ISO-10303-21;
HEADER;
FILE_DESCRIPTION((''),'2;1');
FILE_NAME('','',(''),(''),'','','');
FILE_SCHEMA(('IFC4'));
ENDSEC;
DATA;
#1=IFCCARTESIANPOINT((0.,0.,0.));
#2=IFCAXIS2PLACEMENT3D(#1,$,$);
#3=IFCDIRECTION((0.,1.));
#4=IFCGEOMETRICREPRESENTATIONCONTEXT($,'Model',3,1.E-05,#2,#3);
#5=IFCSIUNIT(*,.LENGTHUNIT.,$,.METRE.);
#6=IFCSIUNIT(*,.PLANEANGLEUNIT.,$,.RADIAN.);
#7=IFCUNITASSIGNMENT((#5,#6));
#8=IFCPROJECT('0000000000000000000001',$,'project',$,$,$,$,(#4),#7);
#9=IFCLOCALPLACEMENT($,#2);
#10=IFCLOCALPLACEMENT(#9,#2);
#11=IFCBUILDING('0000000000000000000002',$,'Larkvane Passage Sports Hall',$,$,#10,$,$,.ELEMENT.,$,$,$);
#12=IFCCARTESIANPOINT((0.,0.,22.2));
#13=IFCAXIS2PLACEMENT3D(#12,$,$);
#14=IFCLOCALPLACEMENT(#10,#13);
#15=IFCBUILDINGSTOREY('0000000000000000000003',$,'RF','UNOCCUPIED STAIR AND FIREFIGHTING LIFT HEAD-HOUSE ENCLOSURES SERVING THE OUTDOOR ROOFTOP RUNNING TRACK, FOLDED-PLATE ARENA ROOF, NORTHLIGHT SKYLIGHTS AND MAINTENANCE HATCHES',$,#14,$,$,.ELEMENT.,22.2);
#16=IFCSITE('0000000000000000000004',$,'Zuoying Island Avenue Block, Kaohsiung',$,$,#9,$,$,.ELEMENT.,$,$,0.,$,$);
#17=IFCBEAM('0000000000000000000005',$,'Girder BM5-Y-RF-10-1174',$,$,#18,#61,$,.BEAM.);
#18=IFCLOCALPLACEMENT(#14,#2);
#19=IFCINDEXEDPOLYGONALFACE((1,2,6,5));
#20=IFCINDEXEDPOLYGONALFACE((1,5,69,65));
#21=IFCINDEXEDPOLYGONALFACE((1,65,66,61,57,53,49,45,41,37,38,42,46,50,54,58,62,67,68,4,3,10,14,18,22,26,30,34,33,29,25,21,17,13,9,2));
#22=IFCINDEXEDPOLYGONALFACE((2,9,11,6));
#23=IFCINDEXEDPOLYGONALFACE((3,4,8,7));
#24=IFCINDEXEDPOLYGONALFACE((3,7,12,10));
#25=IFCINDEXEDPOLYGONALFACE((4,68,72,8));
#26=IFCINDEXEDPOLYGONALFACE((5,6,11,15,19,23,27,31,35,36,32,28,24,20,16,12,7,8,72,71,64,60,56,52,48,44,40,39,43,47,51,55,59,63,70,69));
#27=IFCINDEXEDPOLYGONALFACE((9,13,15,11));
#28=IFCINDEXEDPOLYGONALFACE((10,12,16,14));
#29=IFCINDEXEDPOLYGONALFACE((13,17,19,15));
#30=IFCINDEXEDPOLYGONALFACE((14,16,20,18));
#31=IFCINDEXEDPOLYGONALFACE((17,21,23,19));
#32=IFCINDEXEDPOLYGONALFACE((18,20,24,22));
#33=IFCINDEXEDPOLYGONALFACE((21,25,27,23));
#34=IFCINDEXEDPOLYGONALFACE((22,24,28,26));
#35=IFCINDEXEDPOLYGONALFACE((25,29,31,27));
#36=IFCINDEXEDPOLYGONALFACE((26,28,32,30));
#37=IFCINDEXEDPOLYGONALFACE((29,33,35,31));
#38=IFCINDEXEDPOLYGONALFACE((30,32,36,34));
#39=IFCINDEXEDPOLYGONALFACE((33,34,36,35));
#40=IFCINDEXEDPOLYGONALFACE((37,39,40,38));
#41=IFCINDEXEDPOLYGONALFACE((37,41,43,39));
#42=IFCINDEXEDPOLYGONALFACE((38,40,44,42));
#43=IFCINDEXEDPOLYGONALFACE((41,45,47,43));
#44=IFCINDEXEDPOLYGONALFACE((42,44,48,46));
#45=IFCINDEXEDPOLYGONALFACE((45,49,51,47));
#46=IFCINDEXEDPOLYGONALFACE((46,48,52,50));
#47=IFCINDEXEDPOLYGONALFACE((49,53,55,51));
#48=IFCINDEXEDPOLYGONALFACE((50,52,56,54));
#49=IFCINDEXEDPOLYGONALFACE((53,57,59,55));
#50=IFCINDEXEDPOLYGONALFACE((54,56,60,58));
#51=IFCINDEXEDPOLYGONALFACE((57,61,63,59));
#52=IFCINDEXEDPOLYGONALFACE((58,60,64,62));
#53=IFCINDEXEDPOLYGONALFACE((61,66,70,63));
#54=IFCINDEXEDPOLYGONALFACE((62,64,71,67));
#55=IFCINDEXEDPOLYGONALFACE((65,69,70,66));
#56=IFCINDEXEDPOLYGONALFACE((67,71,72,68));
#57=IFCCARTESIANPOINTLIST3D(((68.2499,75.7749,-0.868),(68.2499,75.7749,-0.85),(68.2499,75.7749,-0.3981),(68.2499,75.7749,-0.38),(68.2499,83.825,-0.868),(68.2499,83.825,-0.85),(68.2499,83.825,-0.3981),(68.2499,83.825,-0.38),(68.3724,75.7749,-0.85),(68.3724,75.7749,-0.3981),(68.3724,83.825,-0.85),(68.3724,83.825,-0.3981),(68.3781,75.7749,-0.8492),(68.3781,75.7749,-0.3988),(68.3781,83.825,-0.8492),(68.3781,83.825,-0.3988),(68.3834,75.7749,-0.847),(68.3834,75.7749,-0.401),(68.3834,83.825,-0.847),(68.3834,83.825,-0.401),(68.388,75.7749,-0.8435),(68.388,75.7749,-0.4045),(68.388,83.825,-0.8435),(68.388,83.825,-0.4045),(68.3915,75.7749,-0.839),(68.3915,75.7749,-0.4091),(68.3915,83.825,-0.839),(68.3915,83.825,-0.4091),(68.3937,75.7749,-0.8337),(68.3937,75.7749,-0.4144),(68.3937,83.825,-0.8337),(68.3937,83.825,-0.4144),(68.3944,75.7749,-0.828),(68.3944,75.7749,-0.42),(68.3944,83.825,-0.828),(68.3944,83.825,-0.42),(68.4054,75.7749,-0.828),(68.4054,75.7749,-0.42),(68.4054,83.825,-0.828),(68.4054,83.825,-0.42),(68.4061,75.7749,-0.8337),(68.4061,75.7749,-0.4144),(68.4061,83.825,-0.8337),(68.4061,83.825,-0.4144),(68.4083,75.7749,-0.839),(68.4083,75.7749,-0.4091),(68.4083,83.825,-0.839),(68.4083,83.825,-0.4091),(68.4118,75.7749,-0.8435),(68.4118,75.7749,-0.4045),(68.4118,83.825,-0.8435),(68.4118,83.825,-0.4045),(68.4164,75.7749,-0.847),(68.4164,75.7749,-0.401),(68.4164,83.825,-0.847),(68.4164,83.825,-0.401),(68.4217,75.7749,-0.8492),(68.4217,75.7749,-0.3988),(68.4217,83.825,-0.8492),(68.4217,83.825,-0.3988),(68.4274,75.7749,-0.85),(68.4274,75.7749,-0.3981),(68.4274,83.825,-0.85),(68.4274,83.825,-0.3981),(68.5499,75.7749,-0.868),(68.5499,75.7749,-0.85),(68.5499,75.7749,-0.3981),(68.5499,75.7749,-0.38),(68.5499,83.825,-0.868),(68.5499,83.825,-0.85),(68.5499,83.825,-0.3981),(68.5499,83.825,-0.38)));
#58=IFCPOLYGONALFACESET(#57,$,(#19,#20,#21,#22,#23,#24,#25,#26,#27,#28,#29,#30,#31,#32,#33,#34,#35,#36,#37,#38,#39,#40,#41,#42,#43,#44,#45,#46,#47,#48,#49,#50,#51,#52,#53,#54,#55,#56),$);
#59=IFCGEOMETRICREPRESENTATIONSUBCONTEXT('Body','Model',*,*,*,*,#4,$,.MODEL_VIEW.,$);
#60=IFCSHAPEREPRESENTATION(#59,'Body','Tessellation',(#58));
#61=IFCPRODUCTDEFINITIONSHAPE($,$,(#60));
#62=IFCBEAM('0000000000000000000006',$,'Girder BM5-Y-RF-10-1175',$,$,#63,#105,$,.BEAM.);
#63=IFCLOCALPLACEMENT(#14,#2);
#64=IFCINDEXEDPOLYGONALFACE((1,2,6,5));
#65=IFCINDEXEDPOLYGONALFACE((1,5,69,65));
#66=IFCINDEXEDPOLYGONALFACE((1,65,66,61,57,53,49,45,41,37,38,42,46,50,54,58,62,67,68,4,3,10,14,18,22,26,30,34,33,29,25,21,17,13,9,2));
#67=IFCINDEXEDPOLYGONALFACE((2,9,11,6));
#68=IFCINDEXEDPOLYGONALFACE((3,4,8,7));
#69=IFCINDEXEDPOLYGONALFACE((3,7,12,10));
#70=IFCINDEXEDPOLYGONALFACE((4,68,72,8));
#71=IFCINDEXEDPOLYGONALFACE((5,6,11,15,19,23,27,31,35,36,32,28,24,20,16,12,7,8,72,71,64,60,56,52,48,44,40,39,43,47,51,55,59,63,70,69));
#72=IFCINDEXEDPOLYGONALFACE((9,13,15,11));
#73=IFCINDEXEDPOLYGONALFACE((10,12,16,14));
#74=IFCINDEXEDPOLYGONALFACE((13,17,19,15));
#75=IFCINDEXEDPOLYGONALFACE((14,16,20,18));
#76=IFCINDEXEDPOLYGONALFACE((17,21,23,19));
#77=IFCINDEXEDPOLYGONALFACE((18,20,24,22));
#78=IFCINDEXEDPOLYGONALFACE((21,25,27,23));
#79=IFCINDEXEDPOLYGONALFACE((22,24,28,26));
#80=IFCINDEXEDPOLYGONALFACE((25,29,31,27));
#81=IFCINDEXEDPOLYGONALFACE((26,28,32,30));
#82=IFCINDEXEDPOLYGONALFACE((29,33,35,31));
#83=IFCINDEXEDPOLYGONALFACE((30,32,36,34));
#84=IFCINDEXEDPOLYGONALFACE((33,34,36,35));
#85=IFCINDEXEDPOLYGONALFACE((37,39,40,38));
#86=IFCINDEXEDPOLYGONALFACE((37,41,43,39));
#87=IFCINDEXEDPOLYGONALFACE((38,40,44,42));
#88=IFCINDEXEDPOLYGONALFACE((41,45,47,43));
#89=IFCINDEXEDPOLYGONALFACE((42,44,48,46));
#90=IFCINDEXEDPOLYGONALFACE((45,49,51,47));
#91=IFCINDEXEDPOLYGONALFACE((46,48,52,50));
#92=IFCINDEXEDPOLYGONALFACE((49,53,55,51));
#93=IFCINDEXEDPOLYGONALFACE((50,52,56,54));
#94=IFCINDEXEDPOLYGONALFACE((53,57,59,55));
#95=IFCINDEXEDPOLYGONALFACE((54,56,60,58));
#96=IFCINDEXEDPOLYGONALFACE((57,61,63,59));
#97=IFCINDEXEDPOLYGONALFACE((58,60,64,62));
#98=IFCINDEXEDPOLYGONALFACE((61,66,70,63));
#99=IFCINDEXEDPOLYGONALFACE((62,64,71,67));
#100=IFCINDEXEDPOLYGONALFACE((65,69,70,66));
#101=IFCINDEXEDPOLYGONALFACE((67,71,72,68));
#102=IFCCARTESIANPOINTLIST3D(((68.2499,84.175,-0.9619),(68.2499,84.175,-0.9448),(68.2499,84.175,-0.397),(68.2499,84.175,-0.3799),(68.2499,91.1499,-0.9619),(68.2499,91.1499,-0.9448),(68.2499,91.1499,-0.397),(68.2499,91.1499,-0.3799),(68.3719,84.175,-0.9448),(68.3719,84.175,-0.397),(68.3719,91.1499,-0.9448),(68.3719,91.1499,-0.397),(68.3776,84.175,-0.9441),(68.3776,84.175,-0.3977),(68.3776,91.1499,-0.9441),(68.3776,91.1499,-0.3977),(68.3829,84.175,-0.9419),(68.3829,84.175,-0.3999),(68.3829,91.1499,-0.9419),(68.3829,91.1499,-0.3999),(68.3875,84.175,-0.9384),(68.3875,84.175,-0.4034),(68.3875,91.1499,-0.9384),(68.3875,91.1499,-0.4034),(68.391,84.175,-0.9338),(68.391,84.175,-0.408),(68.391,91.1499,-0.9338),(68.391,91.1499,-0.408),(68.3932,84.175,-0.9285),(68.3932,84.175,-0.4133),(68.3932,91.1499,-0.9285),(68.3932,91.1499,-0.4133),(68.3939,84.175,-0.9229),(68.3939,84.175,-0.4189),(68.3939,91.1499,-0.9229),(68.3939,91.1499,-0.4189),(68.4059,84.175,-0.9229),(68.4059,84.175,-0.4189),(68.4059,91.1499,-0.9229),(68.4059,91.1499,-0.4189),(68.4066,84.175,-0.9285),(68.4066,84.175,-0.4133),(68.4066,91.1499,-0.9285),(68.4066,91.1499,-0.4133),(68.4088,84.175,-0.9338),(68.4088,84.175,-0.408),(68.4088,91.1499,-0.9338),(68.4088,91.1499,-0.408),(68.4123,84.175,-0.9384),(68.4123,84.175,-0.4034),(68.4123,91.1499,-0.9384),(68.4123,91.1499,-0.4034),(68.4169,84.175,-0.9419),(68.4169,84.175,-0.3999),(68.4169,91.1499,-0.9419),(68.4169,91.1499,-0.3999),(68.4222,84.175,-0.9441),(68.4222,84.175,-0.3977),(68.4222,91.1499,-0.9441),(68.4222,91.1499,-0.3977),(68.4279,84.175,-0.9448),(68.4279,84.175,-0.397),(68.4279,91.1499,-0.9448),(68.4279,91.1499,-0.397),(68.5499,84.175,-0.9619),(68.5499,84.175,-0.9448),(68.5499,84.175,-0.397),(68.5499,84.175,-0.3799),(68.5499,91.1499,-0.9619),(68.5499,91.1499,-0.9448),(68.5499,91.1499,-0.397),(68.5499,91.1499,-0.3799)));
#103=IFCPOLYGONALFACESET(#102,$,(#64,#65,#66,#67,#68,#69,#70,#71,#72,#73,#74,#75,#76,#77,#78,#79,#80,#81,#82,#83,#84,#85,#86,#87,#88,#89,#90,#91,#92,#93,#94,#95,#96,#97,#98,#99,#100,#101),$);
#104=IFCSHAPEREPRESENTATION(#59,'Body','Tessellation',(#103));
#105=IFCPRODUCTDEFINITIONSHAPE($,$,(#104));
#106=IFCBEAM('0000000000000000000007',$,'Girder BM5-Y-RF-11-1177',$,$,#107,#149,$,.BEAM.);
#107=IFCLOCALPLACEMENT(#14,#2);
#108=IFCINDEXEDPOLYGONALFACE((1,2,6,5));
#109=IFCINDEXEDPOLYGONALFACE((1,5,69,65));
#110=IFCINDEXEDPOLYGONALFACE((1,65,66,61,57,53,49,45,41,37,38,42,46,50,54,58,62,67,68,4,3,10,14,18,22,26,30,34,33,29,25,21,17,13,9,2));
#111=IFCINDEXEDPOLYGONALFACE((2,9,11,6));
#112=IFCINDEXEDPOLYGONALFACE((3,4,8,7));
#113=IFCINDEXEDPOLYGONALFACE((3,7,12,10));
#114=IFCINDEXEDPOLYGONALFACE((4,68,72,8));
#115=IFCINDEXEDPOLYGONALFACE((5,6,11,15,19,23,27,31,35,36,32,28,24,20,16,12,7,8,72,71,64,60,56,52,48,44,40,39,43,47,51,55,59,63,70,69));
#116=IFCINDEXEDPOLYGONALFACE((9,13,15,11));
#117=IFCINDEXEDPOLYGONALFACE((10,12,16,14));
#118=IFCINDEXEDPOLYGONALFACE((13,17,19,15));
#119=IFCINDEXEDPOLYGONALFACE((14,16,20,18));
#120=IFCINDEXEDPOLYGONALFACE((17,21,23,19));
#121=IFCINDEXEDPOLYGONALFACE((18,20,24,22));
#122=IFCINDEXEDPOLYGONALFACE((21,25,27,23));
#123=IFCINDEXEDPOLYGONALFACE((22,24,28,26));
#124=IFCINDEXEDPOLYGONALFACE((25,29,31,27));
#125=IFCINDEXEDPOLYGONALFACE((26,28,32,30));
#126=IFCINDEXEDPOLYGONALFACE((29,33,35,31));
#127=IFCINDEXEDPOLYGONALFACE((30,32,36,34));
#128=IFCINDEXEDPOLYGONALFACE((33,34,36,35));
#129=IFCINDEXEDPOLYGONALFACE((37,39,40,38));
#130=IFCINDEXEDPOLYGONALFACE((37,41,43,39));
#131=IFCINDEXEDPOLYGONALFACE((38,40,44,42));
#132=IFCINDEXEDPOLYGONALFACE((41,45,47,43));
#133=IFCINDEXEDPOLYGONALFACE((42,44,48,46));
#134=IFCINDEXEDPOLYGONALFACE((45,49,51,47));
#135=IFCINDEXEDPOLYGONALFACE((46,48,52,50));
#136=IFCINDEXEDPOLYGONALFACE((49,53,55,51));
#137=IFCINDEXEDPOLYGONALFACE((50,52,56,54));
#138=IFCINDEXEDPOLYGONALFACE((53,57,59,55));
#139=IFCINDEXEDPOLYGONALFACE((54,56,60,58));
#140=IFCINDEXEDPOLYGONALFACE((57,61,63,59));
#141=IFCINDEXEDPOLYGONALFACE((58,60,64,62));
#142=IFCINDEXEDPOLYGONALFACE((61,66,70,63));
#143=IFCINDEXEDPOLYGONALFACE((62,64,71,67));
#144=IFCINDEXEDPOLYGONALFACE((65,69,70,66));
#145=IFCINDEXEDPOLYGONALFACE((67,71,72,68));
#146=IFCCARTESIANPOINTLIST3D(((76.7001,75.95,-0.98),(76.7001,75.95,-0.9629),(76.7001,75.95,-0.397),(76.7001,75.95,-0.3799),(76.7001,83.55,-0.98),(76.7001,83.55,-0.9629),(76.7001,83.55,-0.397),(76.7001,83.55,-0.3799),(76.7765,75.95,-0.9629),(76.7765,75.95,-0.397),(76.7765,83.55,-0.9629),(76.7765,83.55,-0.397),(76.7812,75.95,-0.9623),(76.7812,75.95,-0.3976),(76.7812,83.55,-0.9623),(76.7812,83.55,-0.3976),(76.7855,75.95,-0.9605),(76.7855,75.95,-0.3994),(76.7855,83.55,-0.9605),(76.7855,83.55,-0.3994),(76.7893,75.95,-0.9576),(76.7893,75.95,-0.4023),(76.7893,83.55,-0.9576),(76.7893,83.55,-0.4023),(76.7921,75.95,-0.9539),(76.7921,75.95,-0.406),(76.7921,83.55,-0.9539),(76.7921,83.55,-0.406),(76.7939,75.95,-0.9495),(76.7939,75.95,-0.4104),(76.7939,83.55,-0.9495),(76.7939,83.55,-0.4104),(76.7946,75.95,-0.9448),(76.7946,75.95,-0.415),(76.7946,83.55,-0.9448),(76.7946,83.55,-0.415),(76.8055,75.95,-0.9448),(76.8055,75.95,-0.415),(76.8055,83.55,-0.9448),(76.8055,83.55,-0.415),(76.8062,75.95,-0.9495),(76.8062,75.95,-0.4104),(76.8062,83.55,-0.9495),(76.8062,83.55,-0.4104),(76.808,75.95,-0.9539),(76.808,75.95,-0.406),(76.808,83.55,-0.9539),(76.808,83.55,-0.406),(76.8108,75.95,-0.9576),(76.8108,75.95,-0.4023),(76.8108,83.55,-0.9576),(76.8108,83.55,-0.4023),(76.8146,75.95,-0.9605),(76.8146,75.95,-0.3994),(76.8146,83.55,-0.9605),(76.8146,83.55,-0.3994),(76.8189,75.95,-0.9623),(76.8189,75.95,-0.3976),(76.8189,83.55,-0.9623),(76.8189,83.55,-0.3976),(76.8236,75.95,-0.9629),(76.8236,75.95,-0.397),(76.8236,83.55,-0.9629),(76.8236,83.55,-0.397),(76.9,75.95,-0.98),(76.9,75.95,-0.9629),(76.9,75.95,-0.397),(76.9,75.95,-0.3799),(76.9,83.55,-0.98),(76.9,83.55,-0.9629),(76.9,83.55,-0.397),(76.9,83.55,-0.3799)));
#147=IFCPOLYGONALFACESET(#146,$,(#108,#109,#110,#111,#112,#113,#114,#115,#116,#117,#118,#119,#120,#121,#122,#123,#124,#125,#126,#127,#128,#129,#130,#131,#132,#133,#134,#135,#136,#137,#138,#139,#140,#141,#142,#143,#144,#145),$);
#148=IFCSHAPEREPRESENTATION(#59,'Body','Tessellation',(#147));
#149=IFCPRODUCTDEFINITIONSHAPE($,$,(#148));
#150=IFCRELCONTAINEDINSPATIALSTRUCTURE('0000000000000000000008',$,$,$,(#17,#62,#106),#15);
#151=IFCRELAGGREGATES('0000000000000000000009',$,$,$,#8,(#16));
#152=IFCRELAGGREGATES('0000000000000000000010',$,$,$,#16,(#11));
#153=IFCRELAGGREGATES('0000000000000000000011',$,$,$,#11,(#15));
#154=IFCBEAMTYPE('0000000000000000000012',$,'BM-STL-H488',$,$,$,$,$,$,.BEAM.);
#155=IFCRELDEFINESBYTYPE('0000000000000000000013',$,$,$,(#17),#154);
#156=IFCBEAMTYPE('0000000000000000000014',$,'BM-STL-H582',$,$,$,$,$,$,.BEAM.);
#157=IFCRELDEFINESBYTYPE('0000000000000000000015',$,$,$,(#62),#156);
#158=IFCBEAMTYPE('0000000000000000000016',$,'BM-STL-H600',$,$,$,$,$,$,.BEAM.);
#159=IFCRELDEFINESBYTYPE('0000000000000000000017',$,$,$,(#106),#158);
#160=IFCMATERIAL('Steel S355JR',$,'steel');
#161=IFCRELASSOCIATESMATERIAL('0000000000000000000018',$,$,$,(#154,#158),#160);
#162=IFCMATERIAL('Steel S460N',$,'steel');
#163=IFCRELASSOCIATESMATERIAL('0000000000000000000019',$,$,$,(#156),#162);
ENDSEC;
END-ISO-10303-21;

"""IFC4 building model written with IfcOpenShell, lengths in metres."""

from ifc_helpers import new_model, si_unit, direction, frame, origin, origin_2d, place, context, subcontext, project, spatial, i_section, extrude, material, material_profile, profile_set, type_object, element, save


model = new_model("IFC4")

# Units and contexts
model_context = context("Model", 3, precision=1e-05, world=origin(), true_north=direction((0.0, 1.0)))
body_context = subcontext(model_context, "Body", "Model", "MODEL_VIEW")
ifc_project = project(units=[si_unit("LENGTHUNIT", "METRE"), si_unit("PLANEANGLEUNIT", "RADIAN")], contexts=[model_context])

# Site, building, storey
site_placement = place(None, origin())
site = spatial("IfcSite", under=ifc_project, at=site_placement, Name="Zuoying Island Avenue Block, Kaohsiung", CompositionType="ELEMENT", RefElevation=0.0)
building_placement = place(site_placement, origin())
building = spatial("IfcBuilding", under=site, at=building_placement, Name="Larkvane Passage Sports Hall", CompositionType="ELEMENT")
storey_placement = place(building_placement, frame((0.0, 0.0, 22.2)))
storey = spatial("IfcBuildingStorey", under=building, at=storey_placement, Name="RF", Description="UNOCCUPIED STAIR AND FIREFIGHTING LIFT HEAD-HOUSE ENCLOSURES SERVING THE OUTDOOR ROOFTOP RUNNING TRACK, FOLDED-PLATE ARENA ROOF, NORTHLIGHT SKYLIGHTS AND MAINTENANCE HATCHES", CompositionType="ELEMENT", Elevation=22.2)

# Beams
ifc_material_1 = material(Name="Steel S355JR", Category="steel")
ifc_material_profile_1 = material_profile(ifc_material_1, i_section(OverallWidth=0.3, OverallDepth=0.488, WebThickness=0.011, FlangeThickness=0.0181, FilletRadius=0.022, at=origin_2d()), Name="H-488x300x11x18")
ifc_profile_set_1 = profile_set([ifc_material_profile_1], Name="Steel S355JR")
beam_type_1 = type_object("IfcBeamType", Name="BM-STL-H488", PredefinedType="BEAM", material=ifc_profile_set_1)
beam_1_placement = place(storey_placement, frame((68.3999, 75.7749, -0.624), z_axis=(0.0, 1.0, 0.0), x_axis=(-1.0, 0.0, 0.0)))
element("IfcBeam", 1, at=beam_1_placement, inside=storey, type_object=beam_type_1, Name="Girder BM5-Y-RF-10-1174", PredefinedType="BEAM", context=body_context, shape_type="SweptSolid", body=[
    extrude(i_section(OverallWidth=0.3, OverallDepth=0.488, WebThickness=0.011, FlangeThickness=0.0181, FilletRadius=0.022, at=origin_2d()), origin(), (0.0, 0.0, 1.0), 8.05),
])
ifc_material_2 = material(Name="Steel S460N", Category="steel")
ifc_material_profile_2 = material_profile(ifc_material_2, i_section(OverallWidth=0.3, OverallDepth=0.582, WebThickness=0.012, FlangeThickness=0.0171, FilletRadius=0.022, at=origin_2d()), Name="H-582x300x12x17")
ifc_profile_set_2 = profile_set([ifc_material_profile_2], Name="Steel S460N")
beam_type_2 = type_object("IfcBeamType", Name="BM-STL-H582", PredefinedType="BEAM", material=ifc_profile_set_2)
beam_2_placement = place(storey_placement, frame((68.3999, 84.175, -0.6709), z_axis=(0.0, 1.0, 0.0), x_axis=(-1.0, 0.0, 0.0)))
element("IfcBeam", 2, at=beam_2_placement, inside=storey, type_object=beam_type_2, Name="Girder BM5-Y-RF-10-1175", PredefinedType="BEAM", context=body_context, shape_type="SweptSolid", body=[
    extrude(i_section(OverallWidth=0.3, OverallDepth=0.582, WebThickness=0.012, FlangeThickness=0.0171, FilletRadius=0.022, at=origin_2d()), origin(), (0.0, 0.0, 1.0), 6.9749),
])
ifc_material_profile_3 = material_profile(ifc_material_1, i_section(OverallWidth=0.2, OverallDepth=0.6001, WebThickness=0.011, FlangeThickness=0.0171, FilletRadius=0.0181, at=origin_2d()), Name="H-600x200x11x17")
ifc_profile_set_3 = profile_set([ifc_material_profile_3], Name="Steel S355JR")
beam_type_3 = type_object("IfcBeamType", Name="BM-STL-H600", PredefinedType="BEAM", material=ifc_profile_set_3)
beam_3_placement = place(storey_placement, frame((76.8, 75.95, -0.6799), z_axis=(0.0, 1.0, 0.0), x_axis=(-1.0, 0.0, 0.0)))
element("IfcBeam", 3, at=beam_3_placement, inside=storey, type_object=beam_type_3, Name="Girder BM5-Y-RF-11-1177", PredefinedType="BEAM", context=body_context, shape_type="SweptSolid", body=[
    extrude(i_section(OverallWidth=0.2, OverallDepth=0.6001, WebThickness=0.011, FlangeThickness=0.0171, FilletRadius=0.0181, at=origin_2d()), origin(), (0.0, 0.0, 1.0), 7.6001),
])

save(model, "model.ifc")
